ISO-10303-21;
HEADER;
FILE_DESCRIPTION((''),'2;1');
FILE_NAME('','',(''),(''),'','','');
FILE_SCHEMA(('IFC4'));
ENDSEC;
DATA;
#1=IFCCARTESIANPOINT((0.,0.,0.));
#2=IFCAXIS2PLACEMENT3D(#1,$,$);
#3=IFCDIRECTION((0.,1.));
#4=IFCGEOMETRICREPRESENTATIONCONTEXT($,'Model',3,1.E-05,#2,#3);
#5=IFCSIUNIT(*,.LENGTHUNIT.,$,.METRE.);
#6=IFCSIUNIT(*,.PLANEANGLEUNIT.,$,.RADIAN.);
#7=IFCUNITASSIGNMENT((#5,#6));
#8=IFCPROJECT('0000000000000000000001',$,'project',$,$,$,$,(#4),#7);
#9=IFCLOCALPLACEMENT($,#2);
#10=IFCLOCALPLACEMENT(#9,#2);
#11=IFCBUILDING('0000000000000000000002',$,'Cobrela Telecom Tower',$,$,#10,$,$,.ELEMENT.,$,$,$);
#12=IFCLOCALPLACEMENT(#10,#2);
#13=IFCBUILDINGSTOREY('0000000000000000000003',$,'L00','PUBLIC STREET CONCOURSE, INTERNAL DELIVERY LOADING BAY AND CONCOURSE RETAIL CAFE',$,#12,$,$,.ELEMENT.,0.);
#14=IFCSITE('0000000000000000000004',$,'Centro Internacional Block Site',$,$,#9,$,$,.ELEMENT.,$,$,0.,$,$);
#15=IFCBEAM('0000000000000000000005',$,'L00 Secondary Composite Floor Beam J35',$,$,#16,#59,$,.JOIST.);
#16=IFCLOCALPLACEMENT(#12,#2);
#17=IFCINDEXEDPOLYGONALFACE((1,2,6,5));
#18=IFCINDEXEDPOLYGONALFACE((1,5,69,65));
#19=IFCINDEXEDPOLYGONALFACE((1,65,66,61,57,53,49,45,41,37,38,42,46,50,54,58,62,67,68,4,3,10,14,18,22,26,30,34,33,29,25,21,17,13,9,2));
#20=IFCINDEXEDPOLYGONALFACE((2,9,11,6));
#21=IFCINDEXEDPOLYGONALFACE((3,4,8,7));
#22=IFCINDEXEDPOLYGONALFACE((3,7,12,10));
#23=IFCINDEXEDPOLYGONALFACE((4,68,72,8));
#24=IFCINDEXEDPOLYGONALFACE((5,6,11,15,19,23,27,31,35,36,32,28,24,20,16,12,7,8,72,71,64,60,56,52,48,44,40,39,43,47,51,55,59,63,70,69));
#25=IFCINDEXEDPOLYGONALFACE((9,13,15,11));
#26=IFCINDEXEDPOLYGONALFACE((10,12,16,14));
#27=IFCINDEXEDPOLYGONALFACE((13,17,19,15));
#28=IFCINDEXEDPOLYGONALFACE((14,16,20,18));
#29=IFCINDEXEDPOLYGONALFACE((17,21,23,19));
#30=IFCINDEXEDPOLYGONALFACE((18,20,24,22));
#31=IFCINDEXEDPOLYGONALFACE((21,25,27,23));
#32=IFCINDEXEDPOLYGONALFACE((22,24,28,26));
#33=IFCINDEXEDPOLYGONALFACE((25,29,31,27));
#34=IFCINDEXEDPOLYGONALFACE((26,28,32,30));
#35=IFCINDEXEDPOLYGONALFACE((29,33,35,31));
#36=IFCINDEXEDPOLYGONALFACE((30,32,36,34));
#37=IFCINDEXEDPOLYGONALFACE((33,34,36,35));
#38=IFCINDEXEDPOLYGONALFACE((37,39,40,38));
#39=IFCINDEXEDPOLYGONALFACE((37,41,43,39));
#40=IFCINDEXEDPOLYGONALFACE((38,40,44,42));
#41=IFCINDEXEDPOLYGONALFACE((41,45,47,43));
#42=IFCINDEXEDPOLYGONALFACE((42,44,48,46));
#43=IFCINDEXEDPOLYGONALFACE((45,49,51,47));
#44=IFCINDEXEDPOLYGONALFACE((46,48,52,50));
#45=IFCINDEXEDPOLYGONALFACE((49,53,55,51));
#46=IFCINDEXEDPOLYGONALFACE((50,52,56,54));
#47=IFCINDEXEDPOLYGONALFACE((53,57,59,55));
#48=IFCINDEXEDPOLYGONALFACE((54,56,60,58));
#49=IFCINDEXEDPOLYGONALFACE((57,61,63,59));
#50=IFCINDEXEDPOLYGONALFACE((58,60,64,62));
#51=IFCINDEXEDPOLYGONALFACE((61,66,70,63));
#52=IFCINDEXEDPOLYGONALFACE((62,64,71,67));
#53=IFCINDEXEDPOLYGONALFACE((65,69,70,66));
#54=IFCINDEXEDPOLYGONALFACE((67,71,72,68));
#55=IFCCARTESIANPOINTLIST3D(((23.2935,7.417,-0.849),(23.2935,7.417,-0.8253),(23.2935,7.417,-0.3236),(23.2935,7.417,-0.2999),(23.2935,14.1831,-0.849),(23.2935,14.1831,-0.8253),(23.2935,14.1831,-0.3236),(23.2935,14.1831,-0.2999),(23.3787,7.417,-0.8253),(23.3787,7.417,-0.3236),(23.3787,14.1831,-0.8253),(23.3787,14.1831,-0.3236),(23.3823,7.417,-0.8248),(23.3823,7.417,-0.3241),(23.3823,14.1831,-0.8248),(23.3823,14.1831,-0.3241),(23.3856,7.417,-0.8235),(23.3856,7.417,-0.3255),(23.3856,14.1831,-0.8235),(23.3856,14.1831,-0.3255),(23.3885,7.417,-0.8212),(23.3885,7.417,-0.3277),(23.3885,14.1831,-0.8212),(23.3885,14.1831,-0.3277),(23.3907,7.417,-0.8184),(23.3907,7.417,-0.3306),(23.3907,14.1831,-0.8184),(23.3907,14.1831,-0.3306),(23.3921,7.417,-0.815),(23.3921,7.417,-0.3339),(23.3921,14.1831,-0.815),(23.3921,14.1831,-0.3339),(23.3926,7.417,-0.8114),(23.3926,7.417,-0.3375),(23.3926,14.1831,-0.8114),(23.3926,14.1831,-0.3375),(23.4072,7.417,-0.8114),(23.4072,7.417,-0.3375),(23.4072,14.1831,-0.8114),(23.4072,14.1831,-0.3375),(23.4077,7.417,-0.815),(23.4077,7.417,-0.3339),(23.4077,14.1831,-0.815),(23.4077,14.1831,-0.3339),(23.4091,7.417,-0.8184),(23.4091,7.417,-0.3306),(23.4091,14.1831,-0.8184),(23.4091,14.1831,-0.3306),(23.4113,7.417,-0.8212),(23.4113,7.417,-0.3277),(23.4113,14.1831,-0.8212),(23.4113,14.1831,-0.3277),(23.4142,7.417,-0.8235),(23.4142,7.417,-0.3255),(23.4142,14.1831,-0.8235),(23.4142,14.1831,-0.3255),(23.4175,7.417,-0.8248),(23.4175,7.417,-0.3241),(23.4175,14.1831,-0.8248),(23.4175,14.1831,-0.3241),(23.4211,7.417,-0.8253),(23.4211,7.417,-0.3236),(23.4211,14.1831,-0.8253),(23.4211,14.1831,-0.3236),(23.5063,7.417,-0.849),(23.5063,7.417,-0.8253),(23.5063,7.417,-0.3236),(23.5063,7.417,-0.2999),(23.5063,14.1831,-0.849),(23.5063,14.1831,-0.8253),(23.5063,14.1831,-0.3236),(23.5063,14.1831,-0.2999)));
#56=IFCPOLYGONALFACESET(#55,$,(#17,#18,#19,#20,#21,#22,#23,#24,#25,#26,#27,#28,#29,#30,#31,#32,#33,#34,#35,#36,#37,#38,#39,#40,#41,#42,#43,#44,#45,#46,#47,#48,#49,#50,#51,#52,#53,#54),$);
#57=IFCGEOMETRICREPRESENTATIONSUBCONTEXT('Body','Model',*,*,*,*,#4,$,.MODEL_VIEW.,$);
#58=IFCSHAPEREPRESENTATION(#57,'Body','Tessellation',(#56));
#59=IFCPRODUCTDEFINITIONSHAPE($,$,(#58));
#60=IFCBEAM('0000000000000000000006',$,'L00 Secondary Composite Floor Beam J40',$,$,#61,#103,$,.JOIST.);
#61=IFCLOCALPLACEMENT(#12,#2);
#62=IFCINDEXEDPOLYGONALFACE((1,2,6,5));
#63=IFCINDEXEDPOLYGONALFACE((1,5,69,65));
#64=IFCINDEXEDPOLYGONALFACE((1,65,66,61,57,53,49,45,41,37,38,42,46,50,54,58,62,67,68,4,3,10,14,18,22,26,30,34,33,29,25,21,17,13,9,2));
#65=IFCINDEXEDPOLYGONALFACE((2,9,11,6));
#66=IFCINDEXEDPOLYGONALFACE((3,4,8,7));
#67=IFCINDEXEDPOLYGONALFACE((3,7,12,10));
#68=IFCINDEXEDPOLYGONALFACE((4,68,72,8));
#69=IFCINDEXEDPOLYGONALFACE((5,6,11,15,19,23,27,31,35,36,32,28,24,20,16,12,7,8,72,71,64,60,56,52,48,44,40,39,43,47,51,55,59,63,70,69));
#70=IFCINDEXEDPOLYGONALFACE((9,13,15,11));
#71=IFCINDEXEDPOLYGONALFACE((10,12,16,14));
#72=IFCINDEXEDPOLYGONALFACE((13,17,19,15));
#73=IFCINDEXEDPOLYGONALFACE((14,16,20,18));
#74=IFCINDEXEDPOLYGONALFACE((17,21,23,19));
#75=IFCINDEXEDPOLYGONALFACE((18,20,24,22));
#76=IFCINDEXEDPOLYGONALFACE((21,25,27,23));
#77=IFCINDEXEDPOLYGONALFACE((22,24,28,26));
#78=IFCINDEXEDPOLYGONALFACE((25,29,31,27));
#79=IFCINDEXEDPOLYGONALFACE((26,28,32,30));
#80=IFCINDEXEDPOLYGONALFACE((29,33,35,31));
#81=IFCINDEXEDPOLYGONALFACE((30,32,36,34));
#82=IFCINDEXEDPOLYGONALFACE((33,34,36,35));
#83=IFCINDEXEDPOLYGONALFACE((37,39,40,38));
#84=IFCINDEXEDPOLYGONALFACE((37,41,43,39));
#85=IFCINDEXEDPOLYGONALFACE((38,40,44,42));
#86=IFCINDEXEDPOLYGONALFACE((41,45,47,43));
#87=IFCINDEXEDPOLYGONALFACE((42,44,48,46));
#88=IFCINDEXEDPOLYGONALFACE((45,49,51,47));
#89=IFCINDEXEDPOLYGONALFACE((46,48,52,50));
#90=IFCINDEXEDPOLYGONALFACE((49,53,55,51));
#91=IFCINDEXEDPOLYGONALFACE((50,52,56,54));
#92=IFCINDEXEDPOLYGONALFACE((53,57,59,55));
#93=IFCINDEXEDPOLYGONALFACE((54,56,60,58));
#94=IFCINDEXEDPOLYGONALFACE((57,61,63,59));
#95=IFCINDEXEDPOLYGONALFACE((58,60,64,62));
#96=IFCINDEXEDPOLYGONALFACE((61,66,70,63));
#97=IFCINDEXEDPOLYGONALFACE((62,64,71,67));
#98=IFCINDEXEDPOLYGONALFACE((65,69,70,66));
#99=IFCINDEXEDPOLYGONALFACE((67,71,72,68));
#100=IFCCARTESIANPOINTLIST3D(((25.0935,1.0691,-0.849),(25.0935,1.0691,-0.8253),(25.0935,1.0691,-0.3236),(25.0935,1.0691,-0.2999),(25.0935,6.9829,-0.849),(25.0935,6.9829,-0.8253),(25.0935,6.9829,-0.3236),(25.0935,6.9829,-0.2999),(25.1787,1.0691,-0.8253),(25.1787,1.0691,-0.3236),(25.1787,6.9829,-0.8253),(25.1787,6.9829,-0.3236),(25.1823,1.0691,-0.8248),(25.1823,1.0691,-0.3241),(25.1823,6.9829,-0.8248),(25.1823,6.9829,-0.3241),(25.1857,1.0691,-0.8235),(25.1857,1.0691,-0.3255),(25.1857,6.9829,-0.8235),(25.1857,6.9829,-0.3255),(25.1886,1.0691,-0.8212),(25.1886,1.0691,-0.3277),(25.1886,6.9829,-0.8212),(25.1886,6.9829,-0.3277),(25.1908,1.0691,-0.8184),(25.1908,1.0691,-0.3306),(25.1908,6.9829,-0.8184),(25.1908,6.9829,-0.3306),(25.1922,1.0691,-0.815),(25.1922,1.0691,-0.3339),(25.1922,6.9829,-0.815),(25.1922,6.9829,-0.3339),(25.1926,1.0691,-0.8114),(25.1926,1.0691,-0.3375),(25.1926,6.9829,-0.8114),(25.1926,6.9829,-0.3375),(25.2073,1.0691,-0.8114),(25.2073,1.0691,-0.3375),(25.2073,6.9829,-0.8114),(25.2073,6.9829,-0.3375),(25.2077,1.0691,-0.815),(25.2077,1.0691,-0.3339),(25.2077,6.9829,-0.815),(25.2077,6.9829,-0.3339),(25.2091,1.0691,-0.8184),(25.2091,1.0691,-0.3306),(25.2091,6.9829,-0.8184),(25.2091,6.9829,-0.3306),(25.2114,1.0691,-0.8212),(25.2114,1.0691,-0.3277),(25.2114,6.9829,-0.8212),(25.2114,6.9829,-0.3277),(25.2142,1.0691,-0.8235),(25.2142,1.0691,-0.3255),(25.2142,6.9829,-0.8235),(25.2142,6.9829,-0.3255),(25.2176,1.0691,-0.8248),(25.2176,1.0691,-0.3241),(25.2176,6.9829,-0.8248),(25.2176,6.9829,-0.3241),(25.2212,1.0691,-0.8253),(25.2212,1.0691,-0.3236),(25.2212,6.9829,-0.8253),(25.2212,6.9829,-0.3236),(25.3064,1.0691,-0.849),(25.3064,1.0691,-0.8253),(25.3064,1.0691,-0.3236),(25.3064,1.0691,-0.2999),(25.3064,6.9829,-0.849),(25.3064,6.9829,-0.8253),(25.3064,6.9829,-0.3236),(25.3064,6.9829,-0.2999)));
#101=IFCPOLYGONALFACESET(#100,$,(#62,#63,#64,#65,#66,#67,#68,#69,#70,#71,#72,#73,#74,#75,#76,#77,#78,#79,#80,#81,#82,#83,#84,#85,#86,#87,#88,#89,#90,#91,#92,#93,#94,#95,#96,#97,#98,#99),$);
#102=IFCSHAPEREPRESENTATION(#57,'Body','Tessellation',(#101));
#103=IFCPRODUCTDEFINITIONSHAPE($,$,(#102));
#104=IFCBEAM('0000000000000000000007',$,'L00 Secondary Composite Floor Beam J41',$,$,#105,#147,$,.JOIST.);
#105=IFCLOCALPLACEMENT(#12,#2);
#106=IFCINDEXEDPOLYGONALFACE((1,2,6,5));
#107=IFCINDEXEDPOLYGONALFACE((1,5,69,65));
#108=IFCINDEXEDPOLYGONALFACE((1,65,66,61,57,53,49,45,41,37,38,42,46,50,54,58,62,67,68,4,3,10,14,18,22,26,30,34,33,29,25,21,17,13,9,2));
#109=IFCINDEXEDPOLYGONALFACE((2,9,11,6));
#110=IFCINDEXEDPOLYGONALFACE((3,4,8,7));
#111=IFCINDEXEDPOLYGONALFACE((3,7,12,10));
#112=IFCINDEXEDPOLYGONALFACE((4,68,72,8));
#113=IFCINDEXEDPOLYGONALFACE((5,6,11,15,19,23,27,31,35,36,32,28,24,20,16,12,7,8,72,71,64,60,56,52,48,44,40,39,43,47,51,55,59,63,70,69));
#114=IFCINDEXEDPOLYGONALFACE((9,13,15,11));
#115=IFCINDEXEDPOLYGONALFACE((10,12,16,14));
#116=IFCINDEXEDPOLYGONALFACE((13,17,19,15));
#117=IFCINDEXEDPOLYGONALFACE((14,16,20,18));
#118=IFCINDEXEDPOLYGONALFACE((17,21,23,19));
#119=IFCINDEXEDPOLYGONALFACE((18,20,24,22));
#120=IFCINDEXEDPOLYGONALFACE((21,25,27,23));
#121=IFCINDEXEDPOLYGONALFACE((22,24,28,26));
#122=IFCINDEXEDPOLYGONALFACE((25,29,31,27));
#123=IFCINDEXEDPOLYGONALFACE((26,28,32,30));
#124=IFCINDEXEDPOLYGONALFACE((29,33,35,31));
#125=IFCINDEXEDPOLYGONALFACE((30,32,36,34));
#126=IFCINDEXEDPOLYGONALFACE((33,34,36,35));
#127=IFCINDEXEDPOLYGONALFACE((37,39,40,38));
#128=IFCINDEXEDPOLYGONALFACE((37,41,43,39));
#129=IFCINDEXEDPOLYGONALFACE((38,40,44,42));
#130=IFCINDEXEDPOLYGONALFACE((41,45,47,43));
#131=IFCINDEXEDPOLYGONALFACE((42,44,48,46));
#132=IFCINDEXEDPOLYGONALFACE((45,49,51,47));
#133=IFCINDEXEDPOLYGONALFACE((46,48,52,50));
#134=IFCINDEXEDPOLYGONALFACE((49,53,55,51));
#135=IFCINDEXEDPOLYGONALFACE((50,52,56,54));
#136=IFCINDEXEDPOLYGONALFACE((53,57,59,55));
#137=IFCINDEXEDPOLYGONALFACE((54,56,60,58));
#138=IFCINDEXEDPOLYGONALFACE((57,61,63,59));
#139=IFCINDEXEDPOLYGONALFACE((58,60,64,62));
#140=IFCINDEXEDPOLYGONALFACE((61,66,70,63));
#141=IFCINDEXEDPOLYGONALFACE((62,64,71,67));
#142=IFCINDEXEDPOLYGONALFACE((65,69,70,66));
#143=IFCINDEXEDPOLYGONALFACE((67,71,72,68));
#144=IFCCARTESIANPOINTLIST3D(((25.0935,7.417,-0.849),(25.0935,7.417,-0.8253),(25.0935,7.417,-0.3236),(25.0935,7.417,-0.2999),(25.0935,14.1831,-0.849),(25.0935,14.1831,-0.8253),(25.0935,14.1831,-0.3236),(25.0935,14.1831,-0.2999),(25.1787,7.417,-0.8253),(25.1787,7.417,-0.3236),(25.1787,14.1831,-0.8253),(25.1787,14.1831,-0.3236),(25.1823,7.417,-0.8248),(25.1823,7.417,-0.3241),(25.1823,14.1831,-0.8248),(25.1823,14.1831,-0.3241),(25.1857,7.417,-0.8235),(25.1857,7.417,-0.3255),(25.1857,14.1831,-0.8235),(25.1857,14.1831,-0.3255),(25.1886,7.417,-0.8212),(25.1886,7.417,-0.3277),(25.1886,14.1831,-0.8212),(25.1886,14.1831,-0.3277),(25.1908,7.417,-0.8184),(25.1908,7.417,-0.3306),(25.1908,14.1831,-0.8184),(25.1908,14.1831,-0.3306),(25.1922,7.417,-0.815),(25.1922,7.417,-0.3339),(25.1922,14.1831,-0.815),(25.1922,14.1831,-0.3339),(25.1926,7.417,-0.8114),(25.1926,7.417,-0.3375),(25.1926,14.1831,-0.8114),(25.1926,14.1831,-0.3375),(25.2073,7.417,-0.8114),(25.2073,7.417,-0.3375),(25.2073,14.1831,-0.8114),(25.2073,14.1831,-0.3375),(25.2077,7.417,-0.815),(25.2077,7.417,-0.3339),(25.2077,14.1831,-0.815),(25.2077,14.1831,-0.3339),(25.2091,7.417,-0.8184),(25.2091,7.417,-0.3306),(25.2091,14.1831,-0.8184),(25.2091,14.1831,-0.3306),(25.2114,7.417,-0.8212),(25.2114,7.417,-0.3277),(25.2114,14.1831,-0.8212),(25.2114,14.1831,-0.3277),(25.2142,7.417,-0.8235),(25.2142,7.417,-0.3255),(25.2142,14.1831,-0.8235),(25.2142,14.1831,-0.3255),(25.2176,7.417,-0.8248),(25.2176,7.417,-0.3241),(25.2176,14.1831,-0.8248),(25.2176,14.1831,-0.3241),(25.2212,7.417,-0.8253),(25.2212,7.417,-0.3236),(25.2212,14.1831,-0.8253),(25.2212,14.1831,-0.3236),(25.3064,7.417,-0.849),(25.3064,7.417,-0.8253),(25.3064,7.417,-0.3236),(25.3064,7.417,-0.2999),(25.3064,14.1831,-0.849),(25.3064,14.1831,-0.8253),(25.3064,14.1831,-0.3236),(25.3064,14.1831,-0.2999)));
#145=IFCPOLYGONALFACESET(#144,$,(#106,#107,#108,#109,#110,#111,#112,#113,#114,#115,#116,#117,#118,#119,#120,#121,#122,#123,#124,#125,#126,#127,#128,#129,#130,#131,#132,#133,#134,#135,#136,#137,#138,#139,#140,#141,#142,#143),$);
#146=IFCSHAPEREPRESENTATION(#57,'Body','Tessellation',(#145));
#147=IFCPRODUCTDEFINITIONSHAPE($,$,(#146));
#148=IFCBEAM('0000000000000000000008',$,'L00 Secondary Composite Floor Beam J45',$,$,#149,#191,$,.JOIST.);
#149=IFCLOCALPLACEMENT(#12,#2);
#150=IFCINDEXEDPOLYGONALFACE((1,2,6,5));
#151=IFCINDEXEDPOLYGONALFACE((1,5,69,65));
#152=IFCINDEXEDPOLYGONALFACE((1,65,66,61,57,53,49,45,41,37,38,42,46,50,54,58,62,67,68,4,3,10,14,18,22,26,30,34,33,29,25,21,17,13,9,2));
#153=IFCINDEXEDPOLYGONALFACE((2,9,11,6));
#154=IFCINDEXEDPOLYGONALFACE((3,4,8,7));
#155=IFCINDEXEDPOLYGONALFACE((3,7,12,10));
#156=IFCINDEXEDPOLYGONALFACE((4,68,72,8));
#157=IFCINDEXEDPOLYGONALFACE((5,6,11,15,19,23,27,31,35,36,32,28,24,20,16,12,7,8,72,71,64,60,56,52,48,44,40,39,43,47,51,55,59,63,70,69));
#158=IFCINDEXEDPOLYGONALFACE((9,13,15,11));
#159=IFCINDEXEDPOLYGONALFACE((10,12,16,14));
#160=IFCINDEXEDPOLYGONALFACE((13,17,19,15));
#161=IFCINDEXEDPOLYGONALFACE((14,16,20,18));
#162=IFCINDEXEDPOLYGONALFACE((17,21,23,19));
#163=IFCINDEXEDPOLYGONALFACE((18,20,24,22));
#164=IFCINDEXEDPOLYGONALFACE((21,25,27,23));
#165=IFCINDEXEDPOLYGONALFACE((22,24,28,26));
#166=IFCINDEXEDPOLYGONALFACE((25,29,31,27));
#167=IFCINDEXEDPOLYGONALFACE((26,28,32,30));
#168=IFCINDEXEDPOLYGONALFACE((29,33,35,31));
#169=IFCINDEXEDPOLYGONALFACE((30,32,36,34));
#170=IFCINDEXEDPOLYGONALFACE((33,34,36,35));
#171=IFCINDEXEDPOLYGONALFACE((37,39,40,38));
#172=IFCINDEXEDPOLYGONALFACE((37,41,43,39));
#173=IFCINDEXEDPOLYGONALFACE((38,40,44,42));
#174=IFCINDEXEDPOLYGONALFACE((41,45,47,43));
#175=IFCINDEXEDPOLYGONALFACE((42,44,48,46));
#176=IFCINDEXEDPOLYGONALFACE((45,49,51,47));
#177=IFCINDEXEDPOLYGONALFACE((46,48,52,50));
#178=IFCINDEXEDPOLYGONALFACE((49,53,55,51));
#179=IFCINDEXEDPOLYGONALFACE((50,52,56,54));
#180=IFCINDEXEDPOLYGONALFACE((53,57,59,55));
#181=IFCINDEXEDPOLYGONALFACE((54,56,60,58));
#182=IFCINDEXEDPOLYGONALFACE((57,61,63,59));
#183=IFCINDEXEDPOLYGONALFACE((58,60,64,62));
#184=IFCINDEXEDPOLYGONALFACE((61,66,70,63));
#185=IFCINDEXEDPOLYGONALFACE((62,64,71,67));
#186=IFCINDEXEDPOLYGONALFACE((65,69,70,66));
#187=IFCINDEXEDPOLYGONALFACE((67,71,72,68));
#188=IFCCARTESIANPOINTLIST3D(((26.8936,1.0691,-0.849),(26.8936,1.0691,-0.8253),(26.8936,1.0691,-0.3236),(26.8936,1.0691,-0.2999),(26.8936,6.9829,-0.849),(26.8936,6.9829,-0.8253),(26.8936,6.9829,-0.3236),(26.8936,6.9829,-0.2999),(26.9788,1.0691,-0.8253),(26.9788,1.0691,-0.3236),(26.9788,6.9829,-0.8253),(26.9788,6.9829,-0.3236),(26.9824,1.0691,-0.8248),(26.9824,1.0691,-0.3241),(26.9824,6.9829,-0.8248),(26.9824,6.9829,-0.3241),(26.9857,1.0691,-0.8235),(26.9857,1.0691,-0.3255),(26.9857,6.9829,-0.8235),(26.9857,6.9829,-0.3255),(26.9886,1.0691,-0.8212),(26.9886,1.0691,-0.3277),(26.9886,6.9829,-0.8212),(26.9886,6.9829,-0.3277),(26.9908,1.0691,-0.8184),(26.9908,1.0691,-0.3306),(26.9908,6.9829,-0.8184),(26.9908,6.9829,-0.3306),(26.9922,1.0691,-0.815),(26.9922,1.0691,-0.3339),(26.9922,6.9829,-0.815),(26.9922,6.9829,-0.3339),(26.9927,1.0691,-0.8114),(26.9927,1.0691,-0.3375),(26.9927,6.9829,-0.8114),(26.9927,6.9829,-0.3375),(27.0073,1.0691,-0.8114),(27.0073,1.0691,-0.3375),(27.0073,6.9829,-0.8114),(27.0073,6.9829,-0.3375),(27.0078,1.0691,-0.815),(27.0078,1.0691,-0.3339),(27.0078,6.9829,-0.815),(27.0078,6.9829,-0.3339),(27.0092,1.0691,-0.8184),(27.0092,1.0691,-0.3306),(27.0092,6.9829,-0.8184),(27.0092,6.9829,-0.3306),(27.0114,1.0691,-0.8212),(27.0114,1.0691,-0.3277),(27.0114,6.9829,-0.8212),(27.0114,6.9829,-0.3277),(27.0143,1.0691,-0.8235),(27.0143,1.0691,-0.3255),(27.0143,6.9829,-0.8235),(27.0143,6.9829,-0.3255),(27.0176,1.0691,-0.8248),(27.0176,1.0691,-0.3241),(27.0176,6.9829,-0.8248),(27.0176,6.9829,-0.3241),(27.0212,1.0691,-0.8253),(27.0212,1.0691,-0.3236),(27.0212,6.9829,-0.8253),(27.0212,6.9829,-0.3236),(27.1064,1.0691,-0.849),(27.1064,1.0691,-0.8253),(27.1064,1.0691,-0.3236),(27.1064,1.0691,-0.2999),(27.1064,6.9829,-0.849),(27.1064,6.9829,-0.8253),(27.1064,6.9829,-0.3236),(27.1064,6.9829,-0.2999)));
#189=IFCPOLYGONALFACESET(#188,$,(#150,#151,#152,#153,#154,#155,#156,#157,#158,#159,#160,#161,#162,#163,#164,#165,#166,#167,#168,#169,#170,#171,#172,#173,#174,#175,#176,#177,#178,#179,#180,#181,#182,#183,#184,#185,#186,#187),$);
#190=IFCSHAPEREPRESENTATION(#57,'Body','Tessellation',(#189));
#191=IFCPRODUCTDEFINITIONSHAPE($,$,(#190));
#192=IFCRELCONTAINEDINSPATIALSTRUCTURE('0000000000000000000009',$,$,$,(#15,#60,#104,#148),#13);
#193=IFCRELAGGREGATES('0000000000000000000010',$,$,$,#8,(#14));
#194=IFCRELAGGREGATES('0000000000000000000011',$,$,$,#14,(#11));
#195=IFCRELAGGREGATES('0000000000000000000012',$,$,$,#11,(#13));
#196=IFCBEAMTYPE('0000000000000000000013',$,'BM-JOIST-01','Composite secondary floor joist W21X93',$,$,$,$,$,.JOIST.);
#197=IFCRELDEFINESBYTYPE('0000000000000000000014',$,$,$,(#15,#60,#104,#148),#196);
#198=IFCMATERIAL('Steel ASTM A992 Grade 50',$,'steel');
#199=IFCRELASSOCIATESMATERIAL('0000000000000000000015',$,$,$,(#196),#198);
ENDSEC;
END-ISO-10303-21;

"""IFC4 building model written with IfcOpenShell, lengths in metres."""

from ifc_helpers import new_model, si_unit, direction, frame, origin, origin_2d, place, context, subcontext, project, spatial, i_section, extrude, material, material_profile, profile_set, type_object, element, save


model = new_model("IFC4")

# Units and contexts
model_context = context("Model", 3, precision=1e-05, world=origin(), true_north=direction((0.0, 1.0)))
body_context = subcontext(model_context, "Body", "Model", "MODEL_VIEW")
ifc_project = project(units=[si_unit("LENGTHUNIT", "METRE"), si_unit("PLANEANGLEUNIT", "RADIAN")], contexts=[model_context])

# Site, building, storey
site_placement = place(None, origin())
site = spatial("IfcSite", under=ifc_project, at=site_placement, Name="Centro Internacional Block Site", CompositionType="ELEMENT", RefElevation=0.0)
building_placement = place(site_placement, origin())
building = spatial("IfcBuilding", under=site, at=building_placement, Name="Cobrela Telecom Tower", CompositionType="ELEMENT")
storey_placement = place(building_placement, origin())
storey = spatial("IfcBuildingStorey", under=building, at=storey_placement, Name="L00", Description="PUBLIC STREET CONCOURSE, INTERNAL DELIVERY LOADING BAY AND CONCOURSE RETAIL CAFE", CompositionType="ELEMENT", Elevation=0.0)

# Beams
ifc_material_1 = material(Name="Steel ASTM A992 Grade 50", Category="steel")
ifc_material_profile_1 = material_profile(ifc_material_1, i_section(OverallWidth=0.2129, OverallDepth=0.5491, WebThickness=0.0146, FlangeThickness=0.0237, FilletRadius=0.0139, at=origin_2d()), Name="W21X93")
ifc_profile_set_1 = profile_set([ifc_material_profile_1], Name="Steel ASTM A992 Grade 50")
beam_type_1 = type_object("IfcBeamType", Name="BM-JOIST-01", Description="Composite secondary floor joist W21X93", PredefinedType="JOIST", material=ifc_profile_set_1)
beam_1_placement = place(storey_placement, frame((23.3999, 7.417, -0.5745), z_axis=(0.0, 1.0, 0.0), x_axis=(-1.0, 0.0, 0.0)))
element("IfcBeam", 1, at=beam_1_placement, inside=storey, type_object=beam_type_1, Name="L00 Secondary Composite Floor Beam J35", PredefinedType="JOIST", context=body_context, shape_type="SweptSolid", body=[
    extrude(i_section(OverallWidth=0.2129, OverallDepth=0.5491, WebThickness=0.0146, FlangeThickness=0.0237, FilletRadius=0.0139, at=origin_2d()), origin(), (0.0, 0.0, 1.0), 6.7661),
])
beam_2_placement = place(storey_placement, frame((25.2, 1.0691, -0.5745), z_axis=(0.0, 1.0, 0.0), x_axis=(-1.0, 0.0, 0.0)))
element("IfcBeam", 2, at=beam_2_placement, inside=storey, type_object=beam_type_1, Name="L00 Secondary Composite Floor Beam J40", PredefinedType="JOIST", context=body_context, shape_type="SweptSolid", body=[
    extrude(i_section(OverallWidth=0.2129, OverallDepth=0.5491, WebThickness=0.0146, FlangeThickness=0.0237, FilletRadius=0.0139, at=origin_2d()), origin(), (0.0, 0.0, 1.0), 5.9138),
])
beam_3_placement = place(storey_placement, frame((25.2, 7.417, -0.5745), z_axis=(0.0, 1.0, 0.0), x_axis=(-1.0, 0.0, 0.0)))
element("IfcBeam", 3, at=beam_3_placement, inside=storey, type_object=beam_type_1, Name="L00 Secondary Composite Floor Beam J41", PredefinedType="JOIST", context=body_context, shape_type="SweptSolid", body=[
    extrude(i_section(OverallWidth=0.2129, OverallDepth=0.5491, WebThickness=0.0146, FlangeThickness=0.0237, FilletRadius=0.0139, at=origin_2d()), origin(), (0.0, 0.0, 1.0), 6.7661),
])
beam_4_placement = place(storey_placement, frame((27.0, 1.0691, -0.5745), z_axis=(0.0, 1.0, 0.0), x_axis=(-1.0, 0.0, 0.0)))
element("IfcBeam", 4, at=beam_4_placement, inside=storey, type_object=beam_type_1, Name="L00 Secondary Composite Floor Beam J45", PredefinedType="JOIST", context=body_context, shape_type="SweptSolid", body=[
    extrude(i_section(OverallWidth=0.2129, OverallDepth=0.5491, WebThickness=0.0146, FlangeThickness=0.0237, FilletRadius=0.0139, at=origin_2d()), origin(), (0.0, 0.0, 1.0), 5.9138),
])

save(model, "model.ifc")
